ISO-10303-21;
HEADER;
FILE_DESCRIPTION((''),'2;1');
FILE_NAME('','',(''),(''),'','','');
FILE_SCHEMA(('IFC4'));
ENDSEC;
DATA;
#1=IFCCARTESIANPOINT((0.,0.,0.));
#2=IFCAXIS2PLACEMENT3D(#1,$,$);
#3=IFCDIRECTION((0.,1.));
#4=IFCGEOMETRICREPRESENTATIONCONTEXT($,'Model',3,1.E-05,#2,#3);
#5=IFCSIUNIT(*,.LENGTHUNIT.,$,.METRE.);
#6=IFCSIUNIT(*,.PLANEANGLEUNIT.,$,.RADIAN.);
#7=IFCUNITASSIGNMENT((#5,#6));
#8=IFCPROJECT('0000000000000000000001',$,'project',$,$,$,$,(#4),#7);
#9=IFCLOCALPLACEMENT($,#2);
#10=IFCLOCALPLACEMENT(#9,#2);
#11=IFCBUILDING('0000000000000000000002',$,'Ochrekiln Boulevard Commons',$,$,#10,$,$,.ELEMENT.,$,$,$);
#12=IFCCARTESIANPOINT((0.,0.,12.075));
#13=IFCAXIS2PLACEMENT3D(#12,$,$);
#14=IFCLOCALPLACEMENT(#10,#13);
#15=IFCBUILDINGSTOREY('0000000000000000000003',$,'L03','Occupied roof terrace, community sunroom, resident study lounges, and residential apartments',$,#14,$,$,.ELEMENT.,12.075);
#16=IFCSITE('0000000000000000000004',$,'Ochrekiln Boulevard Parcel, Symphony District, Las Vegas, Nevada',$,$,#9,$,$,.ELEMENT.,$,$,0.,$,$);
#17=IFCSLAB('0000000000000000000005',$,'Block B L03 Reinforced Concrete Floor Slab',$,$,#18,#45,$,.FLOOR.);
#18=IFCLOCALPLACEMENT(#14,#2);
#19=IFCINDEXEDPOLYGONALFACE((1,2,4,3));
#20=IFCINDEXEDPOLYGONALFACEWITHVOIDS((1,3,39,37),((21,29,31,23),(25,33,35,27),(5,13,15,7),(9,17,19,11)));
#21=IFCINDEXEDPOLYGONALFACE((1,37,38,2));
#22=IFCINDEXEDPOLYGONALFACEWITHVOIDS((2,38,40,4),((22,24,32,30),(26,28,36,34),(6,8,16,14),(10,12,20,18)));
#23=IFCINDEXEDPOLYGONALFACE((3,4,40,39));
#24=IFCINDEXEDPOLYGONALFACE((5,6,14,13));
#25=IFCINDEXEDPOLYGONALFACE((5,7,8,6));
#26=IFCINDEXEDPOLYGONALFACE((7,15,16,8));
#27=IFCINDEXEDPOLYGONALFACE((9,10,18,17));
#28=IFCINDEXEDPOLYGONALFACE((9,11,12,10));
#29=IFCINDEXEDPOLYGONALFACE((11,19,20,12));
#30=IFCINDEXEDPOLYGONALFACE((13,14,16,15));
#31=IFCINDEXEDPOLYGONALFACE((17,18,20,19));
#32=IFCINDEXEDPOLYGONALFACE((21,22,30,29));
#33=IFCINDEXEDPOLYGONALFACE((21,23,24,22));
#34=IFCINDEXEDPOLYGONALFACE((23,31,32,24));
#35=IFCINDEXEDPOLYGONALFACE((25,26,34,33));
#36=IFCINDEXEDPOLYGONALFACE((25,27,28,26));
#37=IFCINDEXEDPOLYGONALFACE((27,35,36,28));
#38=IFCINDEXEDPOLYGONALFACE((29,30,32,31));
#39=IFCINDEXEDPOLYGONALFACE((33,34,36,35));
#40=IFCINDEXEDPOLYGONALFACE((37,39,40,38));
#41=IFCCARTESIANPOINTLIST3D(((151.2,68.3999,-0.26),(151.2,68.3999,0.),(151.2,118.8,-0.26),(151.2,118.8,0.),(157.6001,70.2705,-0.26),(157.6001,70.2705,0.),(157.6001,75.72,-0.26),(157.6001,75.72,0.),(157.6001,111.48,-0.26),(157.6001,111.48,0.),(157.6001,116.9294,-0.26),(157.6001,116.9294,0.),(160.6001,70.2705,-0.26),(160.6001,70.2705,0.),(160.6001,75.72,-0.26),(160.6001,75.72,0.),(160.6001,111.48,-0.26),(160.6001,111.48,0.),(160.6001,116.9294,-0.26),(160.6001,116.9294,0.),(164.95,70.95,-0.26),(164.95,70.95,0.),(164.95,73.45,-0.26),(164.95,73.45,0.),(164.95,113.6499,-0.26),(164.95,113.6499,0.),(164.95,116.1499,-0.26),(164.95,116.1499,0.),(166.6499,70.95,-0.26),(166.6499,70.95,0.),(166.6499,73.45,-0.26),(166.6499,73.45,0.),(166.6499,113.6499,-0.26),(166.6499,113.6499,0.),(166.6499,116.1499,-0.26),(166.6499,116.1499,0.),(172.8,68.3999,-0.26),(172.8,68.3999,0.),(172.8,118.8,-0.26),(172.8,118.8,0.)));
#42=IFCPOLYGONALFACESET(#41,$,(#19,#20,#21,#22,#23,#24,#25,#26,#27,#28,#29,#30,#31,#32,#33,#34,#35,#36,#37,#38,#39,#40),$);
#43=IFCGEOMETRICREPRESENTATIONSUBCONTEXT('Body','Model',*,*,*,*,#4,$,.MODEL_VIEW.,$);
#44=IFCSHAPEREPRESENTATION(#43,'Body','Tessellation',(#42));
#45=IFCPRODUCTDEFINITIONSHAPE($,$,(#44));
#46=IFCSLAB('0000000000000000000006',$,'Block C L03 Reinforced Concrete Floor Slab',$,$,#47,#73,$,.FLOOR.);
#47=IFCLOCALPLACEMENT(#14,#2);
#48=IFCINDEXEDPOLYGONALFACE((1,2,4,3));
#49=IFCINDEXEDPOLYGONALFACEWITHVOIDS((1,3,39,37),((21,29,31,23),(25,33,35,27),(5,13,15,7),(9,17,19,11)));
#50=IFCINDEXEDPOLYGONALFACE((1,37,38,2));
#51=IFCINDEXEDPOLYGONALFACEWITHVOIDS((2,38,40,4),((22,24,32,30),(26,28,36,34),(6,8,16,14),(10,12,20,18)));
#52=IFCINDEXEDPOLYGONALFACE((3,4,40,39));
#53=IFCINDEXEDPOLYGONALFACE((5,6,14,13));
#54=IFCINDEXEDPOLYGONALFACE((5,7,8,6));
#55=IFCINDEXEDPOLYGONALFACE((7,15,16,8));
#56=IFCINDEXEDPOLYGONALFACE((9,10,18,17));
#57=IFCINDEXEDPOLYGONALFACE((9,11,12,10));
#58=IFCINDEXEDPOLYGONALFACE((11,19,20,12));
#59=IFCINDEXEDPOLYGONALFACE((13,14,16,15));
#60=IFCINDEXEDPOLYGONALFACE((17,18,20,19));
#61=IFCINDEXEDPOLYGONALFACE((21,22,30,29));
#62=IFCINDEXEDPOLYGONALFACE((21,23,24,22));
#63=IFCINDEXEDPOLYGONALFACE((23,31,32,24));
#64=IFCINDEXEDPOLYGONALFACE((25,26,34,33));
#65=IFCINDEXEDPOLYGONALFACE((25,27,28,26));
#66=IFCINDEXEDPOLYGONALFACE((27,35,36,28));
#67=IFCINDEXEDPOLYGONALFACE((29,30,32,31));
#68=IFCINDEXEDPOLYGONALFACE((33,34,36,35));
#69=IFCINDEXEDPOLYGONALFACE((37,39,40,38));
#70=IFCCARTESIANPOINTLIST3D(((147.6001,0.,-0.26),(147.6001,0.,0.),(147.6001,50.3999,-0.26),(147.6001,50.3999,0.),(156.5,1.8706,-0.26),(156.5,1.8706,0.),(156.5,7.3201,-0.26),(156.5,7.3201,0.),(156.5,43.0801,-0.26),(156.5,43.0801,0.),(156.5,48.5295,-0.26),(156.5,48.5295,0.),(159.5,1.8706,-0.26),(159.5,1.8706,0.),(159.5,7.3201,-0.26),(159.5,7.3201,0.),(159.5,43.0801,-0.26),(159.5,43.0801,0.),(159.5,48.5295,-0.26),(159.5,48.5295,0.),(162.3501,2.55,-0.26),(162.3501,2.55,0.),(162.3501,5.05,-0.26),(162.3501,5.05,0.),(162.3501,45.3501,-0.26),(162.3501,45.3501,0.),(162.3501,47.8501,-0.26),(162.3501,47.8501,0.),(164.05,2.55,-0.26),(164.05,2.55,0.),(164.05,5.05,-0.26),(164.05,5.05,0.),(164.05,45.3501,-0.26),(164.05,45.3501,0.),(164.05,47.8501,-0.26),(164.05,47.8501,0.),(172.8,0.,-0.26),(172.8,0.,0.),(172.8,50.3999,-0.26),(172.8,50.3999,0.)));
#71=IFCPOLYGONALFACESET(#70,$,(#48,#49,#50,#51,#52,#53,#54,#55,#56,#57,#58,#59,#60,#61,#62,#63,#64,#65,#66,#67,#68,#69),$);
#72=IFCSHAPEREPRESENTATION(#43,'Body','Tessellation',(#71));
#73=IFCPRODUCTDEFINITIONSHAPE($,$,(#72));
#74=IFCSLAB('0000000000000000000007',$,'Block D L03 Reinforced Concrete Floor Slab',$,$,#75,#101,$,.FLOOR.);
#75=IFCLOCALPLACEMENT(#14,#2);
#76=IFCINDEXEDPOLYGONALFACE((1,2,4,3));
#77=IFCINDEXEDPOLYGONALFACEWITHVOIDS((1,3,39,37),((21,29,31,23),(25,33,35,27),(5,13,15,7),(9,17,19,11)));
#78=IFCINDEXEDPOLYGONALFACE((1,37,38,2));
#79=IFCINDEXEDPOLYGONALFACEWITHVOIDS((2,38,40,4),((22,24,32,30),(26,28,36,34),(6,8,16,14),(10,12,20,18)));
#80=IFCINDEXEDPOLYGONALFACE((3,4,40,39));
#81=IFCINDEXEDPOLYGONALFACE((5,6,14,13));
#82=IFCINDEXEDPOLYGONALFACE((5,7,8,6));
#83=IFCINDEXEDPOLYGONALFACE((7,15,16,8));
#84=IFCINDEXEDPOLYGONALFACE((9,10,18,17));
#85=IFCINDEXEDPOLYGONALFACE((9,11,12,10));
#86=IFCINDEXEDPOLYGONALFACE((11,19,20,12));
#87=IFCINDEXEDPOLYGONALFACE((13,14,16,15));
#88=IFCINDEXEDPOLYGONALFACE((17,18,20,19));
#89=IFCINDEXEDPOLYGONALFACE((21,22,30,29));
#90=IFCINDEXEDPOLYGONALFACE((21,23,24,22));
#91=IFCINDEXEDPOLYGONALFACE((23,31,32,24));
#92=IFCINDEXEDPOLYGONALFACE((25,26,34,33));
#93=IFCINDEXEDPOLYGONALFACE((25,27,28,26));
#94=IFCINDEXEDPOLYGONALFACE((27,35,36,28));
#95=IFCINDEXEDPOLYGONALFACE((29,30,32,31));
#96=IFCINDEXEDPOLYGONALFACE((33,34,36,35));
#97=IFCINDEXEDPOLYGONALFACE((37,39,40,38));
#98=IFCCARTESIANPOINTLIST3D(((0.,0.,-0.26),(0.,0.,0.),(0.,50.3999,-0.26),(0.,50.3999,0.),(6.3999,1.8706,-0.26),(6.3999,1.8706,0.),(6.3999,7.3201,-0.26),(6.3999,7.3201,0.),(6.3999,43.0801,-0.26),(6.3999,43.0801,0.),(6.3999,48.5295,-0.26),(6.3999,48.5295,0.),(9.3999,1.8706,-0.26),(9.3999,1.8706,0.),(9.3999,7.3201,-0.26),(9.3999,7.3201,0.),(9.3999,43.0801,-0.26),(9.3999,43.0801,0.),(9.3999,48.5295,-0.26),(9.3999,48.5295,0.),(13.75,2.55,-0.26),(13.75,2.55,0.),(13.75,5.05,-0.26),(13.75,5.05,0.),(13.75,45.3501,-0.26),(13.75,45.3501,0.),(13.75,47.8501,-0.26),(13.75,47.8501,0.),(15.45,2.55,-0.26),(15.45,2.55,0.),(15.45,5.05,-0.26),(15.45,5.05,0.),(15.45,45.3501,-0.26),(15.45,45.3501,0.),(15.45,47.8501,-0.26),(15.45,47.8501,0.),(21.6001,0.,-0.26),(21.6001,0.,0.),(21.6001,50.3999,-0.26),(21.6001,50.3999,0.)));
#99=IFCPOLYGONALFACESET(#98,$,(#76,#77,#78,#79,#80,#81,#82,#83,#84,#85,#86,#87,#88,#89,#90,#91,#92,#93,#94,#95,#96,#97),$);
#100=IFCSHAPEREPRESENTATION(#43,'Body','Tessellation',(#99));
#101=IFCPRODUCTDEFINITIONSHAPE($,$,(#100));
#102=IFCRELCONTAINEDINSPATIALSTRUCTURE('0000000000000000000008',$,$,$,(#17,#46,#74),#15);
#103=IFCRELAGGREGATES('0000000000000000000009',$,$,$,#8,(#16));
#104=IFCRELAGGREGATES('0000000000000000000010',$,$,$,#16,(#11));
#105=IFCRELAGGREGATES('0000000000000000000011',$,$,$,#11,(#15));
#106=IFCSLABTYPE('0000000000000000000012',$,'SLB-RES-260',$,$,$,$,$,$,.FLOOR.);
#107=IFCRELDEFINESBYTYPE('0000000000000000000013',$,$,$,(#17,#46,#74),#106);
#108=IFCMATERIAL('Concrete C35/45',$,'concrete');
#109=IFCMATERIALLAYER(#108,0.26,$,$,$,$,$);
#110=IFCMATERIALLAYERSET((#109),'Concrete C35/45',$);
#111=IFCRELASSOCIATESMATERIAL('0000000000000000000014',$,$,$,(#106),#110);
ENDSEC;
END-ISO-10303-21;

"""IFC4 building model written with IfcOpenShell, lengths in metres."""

from ifc_helpers import new_model, si_unit, direction, frame, origin, place, context, subcontext, project, spatial, polyline, outline, extrude, material, layer, layer_set, type_object, element, save


model = new_model("IFC4")

# Units and contexts
model_context = context("Model", 3, precision=1e-05, world=origin(), true_north=direction((0.0, 1.0)))
body_context = subcontext(model_context, "Body", "Model", "MODEL_VIEW")
ifc_project = project(units=[si_unit("LENGTHUNIT", "METRE"), si_unit("PLANEANGLEUNIT", "RADIAN")], contexts=[model_context])

# Site, building, storey
site_placement = place(None, origin())
site = spatial("IfcSite", under=ifc_project, at=site_placement, Name="Ochrekiln Boulevard Parcel, Symphony District, Las Vegas, Nevada", CompositionType="ELEMENT", RefElevation=0.0)
building_placement = place(site_placement, origin())
building = spatial("IfcBuilding", under=site, at=building_placement, Name="Ochrekiln Boulevard Commons", CompositionType="ELEMENT")
storey_placement = place(building_placement, frame((0.0, 0.0, 12.075)))
storey = spatial("IfcBuildingStorey", under=building, at=storey_placement, Name="L03", Description="Occupied roof terrace, community sunroom, resident study lounges, and residential apartments", CompositionType="ELEMENT", Elevation=12.075)

# Shared definitions
ifc_material_1 = material(Name="Concrete C35/45", Category="concrete")

# Slabs
ifc_layer_1 = layer(ifc_material_1, 0.26)
ifc_layer_set_1 = layer_set([ifc_layer_1], Name="Concrete C35/45")
slab_type_1 = type_object("IfcSlabType", Name="SLB-RES-260", PredefinedType="FLOOR", material=ifc_layer_set_1)
slab_1_placement = place(storey_placement, frame((0.0, 0.0, -0.26)))
element("IfcSlab", 1, at=slab_1_placement, inside=storey, type_object=slab_type_1, Name="Block B L03 Reinforced Concrete Floor Slab", PredefinedType="FLOOR", context=body_context, shape_type="SweptSolid", body=[
    extrude(outline(polyline([(151.2, 68.3999), (172.8, 68.3999), (172.8, 118.8), (151.2, 118.8), (151.2, 68.3999)]), holes=[polyline([(160.6001, 70.2705), (160.6001, 75.72), (157.6001, 75.72), (157.6001, 70.2705), (160.6001, 70.2705)]), polyline([(157.6001, 116.9294), (157.6001, 111.48), (160.6001, 111.48), (160.6001, 116.9294), (157.6001, 116.9294)]), polyline([(164.95, 70.95), (166.6499, 70.95), (166.6499, 73.45), (164.95, 73.45), (164.95, 70.95)]), polyline([(164.95, 113.6499), (166.6499, 113.6499), (166.6499, 116.1499), (164.95, 116.1499), (164.95, 113.6499)])]), origin(), (0.0, 0.0, 1.0), 0.26),
])
slab_2_placement = place(storey_placement, frame((0.0, 0.0, -0.26)))
element("IfcSlab", 2, at=slab_2_placement, inside=storey, type_object=slab_type_1, Name="Block C L03 Reinforced Concrete Floor Slab", PredefinedType="FLOOR", context=body_context, shape_type="SweptSolid", body=[
    extrude(outline(polyline([(147.6001, 0.0), (172.8, 0.0), (172.8, 50.3999), (147.6001, 50.3999), (147.6001, 0.0)]), holes=[polyline([(159.5, 1.8706), (159.5, 7.3201), (156.5, 7.3201), (156.5, 1.8706), (159.5, 1.8706)]), polyline([(156.5, 48.5295), (156.5, 43.0801), (159.5, 43.0801), (159.5, 48.5295), (156.5, 48.5295)]), polyline([(162.3501, 2.55), (164.05, 2.55), (164.05, 5.05), (162.3501, 5.05), (162.3501, 2.55)]), polyline([(162.3501, 45.3501), (164.05, 45.3501), (164.05, 47.8501), (162.3501, 47.8501), (162.3501, 45.3501)])]), origin(), (0.0, 0.0, 1.0), 0.26),
])
slab_3_placement = place(storey_placement, frame((0.0, 0.0, -0.26)))
element("IfcSlab", 3, at=slab_3_placement, inside=storey, type_object=slab_type_1, Name="Block D L03 Reinforced Concrete Floor Slab", PredefinedType="FLOOR", context=body_context, shape_type="SweptSolid", body=[
    extrude(outline(polyline([(0.0, 0.0), (21.6001, 0.0), (21.6001, 50.3999), (0.0, 50.3999), (0.0, 0.0)]), holes=[polyline([(9.3999, 1.8706), (9.3999, 7.3201), (6.3999, 7.3201), (6.3999, 1.8706), (9.3999, 1.8706)]), polyline([(6.3999, 48.5295), (6.3999, 43.0801), (9.3999, 43.0801), (9.3999, 48.5295), (6.3999, 48.5295)]), polyline([(13.75, 2.55), (15.45, 2.55), (15.45, 5.05), (13.75, 5.05), (13.75, 2.55)]), polyline([(13.75, 45.3501), (15.45, 45.3501), (15.45, 47.8501), (13.75, 47.8501), (13.75, 45.3501)])]), origin(), (0.0, 0.0, 1.0), 0.26),
])

save(model, "model.ifc")
